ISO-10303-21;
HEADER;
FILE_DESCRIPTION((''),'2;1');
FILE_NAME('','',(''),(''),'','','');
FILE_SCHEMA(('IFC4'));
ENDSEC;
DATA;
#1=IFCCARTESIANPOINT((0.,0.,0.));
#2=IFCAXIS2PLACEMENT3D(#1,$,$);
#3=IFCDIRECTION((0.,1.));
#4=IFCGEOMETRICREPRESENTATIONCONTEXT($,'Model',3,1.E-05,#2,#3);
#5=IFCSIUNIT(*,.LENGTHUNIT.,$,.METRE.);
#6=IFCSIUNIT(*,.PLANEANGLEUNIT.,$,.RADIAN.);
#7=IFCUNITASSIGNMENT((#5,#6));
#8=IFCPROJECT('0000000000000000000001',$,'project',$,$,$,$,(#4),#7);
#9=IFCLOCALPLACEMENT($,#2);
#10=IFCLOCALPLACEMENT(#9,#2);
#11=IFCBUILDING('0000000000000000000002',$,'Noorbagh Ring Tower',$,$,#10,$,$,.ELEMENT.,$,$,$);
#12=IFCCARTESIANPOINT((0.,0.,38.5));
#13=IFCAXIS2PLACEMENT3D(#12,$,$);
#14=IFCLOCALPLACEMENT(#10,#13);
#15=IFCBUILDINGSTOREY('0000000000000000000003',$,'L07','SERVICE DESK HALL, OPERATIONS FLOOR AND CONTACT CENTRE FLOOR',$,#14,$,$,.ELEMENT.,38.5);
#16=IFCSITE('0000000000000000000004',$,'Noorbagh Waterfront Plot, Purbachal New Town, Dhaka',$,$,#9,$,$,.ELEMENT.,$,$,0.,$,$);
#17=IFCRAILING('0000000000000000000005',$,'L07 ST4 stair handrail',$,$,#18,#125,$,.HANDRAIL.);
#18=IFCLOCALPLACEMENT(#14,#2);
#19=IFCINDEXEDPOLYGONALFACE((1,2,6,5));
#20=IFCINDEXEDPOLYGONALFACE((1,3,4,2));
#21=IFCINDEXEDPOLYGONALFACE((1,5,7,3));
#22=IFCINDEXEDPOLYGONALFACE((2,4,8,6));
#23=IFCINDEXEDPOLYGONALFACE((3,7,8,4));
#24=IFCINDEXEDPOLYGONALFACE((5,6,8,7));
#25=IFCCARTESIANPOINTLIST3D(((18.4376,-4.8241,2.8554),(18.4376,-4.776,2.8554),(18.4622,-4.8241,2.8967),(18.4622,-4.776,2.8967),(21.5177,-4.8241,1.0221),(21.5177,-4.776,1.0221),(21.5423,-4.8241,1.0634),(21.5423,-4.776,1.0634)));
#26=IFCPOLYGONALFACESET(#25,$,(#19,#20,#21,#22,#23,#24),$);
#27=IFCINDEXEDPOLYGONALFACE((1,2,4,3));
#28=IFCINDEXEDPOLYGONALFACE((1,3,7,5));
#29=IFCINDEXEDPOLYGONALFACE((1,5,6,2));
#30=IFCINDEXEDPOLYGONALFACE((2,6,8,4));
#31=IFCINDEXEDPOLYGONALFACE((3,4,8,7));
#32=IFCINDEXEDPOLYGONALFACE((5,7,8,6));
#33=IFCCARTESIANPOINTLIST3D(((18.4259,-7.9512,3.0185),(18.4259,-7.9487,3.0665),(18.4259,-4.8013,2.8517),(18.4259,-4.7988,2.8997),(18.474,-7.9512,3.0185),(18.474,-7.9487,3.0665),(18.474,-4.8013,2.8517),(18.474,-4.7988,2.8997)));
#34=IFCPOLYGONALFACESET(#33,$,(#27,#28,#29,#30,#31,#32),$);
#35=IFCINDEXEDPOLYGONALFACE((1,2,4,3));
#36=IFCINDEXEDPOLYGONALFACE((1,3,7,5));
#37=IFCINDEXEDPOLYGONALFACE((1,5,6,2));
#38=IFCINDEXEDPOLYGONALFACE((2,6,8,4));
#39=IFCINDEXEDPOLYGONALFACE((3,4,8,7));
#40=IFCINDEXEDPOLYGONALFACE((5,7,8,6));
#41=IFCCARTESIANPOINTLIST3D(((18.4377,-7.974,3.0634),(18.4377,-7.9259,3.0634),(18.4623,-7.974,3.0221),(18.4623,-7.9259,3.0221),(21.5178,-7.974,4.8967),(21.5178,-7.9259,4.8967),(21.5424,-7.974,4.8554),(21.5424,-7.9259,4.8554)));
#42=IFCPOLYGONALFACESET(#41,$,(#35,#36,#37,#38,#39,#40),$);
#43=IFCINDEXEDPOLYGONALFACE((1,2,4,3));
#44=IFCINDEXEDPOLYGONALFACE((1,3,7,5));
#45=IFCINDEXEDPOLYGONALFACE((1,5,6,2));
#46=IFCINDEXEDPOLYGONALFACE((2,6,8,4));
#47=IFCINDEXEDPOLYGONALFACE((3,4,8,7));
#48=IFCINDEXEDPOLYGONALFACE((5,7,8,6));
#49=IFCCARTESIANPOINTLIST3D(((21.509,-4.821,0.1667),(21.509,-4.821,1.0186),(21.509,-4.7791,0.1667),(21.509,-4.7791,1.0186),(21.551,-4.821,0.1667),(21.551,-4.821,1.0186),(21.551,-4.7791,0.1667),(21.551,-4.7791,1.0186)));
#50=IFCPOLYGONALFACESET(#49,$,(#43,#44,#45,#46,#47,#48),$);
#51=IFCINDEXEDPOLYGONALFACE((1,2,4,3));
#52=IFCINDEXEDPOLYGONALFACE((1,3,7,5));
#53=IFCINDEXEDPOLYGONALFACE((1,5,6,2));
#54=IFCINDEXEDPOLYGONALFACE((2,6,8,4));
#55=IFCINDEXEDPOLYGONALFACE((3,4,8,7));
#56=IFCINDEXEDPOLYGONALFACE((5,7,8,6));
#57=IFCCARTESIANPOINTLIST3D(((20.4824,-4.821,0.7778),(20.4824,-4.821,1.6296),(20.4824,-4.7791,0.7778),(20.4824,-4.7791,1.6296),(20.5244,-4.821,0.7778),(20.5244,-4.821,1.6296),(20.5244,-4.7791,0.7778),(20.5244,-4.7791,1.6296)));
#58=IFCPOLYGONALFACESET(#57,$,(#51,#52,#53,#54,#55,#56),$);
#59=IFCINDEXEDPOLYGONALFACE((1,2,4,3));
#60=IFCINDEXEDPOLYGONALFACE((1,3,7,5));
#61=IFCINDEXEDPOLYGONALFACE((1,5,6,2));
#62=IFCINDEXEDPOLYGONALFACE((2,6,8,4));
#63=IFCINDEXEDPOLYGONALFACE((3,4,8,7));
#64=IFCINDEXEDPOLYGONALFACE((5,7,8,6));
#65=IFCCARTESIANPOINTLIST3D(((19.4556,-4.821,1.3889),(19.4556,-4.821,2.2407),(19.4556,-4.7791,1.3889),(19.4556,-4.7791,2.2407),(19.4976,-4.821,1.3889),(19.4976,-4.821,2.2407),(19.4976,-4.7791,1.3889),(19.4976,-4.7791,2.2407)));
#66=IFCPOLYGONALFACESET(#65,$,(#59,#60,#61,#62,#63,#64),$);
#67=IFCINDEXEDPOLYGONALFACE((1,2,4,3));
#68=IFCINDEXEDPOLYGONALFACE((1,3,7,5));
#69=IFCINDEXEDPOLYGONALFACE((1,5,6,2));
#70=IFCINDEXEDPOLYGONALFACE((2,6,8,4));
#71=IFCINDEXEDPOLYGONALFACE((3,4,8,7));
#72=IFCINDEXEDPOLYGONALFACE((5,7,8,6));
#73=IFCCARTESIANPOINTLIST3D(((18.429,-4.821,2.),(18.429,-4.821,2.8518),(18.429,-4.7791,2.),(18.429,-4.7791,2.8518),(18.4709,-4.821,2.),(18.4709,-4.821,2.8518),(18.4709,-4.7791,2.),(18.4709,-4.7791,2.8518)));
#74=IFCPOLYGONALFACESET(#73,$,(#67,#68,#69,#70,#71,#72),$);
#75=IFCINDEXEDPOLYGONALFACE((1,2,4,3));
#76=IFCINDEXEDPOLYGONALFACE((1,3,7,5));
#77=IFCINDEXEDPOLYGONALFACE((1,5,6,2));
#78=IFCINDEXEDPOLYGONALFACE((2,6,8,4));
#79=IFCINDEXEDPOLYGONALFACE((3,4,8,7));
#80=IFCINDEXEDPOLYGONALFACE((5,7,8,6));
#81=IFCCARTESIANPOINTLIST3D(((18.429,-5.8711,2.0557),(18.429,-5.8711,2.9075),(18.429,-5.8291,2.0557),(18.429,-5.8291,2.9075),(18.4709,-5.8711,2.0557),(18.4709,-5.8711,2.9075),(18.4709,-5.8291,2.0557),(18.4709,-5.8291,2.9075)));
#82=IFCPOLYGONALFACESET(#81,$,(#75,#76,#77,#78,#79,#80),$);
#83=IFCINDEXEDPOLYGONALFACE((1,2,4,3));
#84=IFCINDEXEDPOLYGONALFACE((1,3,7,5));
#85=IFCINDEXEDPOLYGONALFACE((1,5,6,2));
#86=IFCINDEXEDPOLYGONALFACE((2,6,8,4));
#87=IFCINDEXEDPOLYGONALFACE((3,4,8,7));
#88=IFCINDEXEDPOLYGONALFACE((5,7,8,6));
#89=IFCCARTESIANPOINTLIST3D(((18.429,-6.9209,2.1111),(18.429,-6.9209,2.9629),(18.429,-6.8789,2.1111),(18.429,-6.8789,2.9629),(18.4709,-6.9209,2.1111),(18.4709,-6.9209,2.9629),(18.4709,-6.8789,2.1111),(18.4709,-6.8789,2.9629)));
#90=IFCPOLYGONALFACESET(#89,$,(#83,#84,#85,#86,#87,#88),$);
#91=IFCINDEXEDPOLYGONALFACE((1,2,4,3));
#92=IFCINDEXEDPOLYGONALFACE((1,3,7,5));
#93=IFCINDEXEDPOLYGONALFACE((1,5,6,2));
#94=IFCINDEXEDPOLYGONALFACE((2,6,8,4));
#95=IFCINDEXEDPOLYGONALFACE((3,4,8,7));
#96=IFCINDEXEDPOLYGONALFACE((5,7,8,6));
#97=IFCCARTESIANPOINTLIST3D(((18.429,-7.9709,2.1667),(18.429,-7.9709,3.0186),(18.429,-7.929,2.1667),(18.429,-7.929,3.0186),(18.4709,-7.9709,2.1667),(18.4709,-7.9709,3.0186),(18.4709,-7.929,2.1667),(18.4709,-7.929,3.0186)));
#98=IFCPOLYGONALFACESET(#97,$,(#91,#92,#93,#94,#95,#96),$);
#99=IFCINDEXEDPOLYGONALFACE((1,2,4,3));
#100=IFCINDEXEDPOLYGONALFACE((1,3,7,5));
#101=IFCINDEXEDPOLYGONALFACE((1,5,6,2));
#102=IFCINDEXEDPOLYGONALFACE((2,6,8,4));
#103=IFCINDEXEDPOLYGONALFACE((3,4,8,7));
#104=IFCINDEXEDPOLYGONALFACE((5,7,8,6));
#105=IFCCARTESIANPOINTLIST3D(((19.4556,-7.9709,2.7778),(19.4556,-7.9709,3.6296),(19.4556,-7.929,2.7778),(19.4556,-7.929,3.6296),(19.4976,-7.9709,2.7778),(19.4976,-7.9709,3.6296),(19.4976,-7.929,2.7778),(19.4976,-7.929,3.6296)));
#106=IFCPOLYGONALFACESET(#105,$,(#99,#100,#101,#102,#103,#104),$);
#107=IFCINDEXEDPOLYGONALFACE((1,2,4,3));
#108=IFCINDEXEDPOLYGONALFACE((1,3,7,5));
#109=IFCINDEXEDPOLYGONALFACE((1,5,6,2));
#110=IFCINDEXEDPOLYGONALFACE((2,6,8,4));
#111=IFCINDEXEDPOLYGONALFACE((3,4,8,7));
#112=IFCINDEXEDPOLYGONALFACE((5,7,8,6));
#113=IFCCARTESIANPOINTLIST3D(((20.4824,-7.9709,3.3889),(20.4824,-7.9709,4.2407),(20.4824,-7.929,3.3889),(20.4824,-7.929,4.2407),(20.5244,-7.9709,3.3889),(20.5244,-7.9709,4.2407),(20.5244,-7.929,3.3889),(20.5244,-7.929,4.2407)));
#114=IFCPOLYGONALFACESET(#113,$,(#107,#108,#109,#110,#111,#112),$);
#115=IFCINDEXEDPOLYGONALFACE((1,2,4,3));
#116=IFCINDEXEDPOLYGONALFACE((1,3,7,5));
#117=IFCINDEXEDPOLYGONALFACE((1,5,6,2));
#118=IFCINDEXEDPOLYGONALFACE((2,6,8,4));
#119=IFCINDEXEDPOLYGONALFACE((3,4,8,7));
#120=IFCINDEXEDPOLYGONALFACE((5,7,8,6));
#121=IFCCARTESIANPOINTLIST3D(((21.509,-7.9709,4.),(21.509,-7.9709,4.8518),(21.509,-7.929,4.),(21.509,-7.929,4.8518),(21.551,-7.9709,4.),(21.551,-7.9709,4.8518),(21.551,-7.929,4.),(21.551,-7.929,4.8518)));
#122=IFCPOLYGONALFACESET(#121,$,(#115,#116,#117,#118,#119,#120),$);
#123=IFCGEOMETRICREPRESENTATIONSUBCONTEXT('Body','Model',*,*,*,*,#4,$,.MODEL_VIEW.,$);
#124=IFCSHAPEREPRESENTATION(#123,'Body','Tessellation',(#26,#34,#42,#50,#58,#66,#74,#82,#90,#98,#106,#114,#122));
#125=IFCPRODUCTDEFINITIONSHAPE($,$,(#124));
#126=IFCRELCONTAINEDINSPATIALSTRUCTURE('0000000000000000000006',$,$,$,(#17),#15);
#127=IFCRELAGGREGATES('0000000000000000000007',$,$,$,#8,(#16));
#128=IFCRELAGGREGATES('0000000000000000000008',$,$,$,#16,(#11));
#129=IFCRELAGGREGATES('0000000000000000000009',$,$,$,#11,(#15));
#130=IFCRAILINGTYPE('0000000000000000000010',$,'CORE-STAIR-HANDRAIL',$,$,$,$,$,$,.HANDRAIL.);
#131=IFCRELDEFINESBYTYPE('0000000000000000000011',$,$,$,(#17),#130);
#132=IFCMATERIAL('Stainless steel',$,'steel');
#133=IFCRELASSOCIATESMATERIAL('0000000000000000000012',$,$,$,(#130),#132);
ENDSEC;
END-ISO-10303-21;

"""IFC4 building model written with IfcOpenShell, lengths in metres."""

from ifc_helpers import new_model, si_unit, direction, frame, origin, origin_2d, place, context, subcontext, project, spatial, rectangle, extrude, material, type_object, element, save


model = new_model("IFC4")

# Units and contexts
model_context = context("Model", 3, precision=1e-05, world=origin(), true_north=direction((0.0, 1.0)))
body_context = subcontext(model_context, "Body", "Model", "MODEL_VIEW")
ifc_project = project(units=[si_unit("LENGTHUNIT", "METRE"), si_unit("PLANEANGLEUNIT", "RADIAN")], contexts=[model_context])

# Site, building, storey
site_placement = place(None, origin())
site = spatial("IfcSite", under=ifc_project, at=site_placement, Name="Noorbagh Waterfront Plot, Purbachal New Town, Dhaka", CompositionType="ELEMENT", RefElevation=0.0)
building_placement = place(site_placement, origin())
building = spatial("IfcBuilding", under=site, at=building_placement, Name="Noorbagh Ring Tower", CompositionType="ELEMENT")
storey_placement = place(building_placement, frame((0.0, 0.0, 38.5)))
storey = spatial("IfcBuildingStorey", under=building, at=storey_placement, Name="L07", Description="SERVICE DESK HALL, OPERATIONS FLOOR AND CONTACT CENTRE FLOOR", CompositionType="ELEMENT", Elevation=38.5)

# Railing
ifc_material_1 = material(Name="Stainless steel", Category="steel")
railing_type_1 = type_object("IfcRailingType", Name="CORE-STAIR-HANDRAIL", PredefinedType="HANDRAIL", material=ifc_material_1)
railing_1_placement = place(storey_placement, frame((21.53, -4.8, 0.1667)))
element("IfcRailing", 1, at=railing_1_placement, inside=storey, type_object=railing_type_1, Name="L07 ST4 stair handrail", PredefinedType="HANDRAIL", context=body_context, shape_type="SweptSolid", body=[
    extrude(rectangle(XDim=0.0481, YDim=0.0481, at=origin_2d()), frame((0.0, 0.0, 0.876), z_axis=(-0.859309, 0.0, 0.511458), x_axis=(0.0, -1.0, 0.0)), (0.0, 0.0, 1.0), 3.5845),
    extrude(rectangle(XDim=0.0481, YDim=0.0481, at=origin_2d()), frame((-3.0801, 0.0, 2.709), z_axis=(0.0, -0.998602, 0.052864), x_axis=(1.0, 0.0, 0.0)), (0.0, 0.0, 1.0), 3.1543),
    extrude(rectangle(XDim=0.0481, YDim=0.0481, at=origin_2d()), frame((-3.0801, -3.1499, 2.876), z_axis=(0.859309, 0.0, 0.511458), x_axis=(0.0, 1.0, 0.0)), (0.0, 0.0, 1.0), 3.5845),
    extrude(rectangle(XDim=0.042, YDim=0.042, at=origin_2d()), origin(), (0.0, 0.0, 1.0), 0.8518),
    extrude(rectangle(XDim=0.042, YDim=0.042, at=origin_2d()), frame((-1.0266, 0.0, 0.6111)), (0.0, 0.0, 1.0), 0.8518),
    extrude(rectangle(XDim=0.042, YDim=0.042, at=origin_2d()), frame((-2.0535, 0.0, 1.2222)), (0.0, 0.0, 1.0), 0.8518),
    extrude(rectangle(XDim=0.042, YDim=0.042, at=origin_2d()), frame((-3.0801, 0.0, 1.8333)), (0.0, 0.0, 1.0), 0.8518),
    extrude(rectangle(XDim=0.042, YDim=0.042, at=origin_2d()), frame((-3.0801, -1.05, 1.8889)), (0.0, 0.0, 1.0), 0.8518),
    extrude(rectangle(XDim=0.042, YDim=0.042, at=origin_2d()), frame((-3.0801, -2.0999, 1.9443)), (0.0, 0.0, 1.0), 0.8518),
    extrude(rectangle(XDim=0.042, YDim=0.042, at=origin_2d()), frame((-3.0801, -3.1499, 2.0)), (0.0, 0.0, 1.0), 0.8518),
    extrude(rectangle(XDim=0.042, YDim=0.042, at=origin_2d()), frame((-2.0535, -3.1499, 2.6111)), (0.0, 0.0, 1.0), 0.8518),
    extrude(rectangle(XDim=0.042, YDim=0.042, at=origin_2d()), frame((-1.0266, -3.1499, 3.2222)), (0.0, 0.0, 1.0), 0.8518),
    extrude(rectangle(XDim=0.042, YDim=0.042, at=origin_2d()), frame((0.0, -3.1499, 3.8333)), (0.0, 0.0, 1.0), 0.8518),
])

save(model, "model.ifc")
